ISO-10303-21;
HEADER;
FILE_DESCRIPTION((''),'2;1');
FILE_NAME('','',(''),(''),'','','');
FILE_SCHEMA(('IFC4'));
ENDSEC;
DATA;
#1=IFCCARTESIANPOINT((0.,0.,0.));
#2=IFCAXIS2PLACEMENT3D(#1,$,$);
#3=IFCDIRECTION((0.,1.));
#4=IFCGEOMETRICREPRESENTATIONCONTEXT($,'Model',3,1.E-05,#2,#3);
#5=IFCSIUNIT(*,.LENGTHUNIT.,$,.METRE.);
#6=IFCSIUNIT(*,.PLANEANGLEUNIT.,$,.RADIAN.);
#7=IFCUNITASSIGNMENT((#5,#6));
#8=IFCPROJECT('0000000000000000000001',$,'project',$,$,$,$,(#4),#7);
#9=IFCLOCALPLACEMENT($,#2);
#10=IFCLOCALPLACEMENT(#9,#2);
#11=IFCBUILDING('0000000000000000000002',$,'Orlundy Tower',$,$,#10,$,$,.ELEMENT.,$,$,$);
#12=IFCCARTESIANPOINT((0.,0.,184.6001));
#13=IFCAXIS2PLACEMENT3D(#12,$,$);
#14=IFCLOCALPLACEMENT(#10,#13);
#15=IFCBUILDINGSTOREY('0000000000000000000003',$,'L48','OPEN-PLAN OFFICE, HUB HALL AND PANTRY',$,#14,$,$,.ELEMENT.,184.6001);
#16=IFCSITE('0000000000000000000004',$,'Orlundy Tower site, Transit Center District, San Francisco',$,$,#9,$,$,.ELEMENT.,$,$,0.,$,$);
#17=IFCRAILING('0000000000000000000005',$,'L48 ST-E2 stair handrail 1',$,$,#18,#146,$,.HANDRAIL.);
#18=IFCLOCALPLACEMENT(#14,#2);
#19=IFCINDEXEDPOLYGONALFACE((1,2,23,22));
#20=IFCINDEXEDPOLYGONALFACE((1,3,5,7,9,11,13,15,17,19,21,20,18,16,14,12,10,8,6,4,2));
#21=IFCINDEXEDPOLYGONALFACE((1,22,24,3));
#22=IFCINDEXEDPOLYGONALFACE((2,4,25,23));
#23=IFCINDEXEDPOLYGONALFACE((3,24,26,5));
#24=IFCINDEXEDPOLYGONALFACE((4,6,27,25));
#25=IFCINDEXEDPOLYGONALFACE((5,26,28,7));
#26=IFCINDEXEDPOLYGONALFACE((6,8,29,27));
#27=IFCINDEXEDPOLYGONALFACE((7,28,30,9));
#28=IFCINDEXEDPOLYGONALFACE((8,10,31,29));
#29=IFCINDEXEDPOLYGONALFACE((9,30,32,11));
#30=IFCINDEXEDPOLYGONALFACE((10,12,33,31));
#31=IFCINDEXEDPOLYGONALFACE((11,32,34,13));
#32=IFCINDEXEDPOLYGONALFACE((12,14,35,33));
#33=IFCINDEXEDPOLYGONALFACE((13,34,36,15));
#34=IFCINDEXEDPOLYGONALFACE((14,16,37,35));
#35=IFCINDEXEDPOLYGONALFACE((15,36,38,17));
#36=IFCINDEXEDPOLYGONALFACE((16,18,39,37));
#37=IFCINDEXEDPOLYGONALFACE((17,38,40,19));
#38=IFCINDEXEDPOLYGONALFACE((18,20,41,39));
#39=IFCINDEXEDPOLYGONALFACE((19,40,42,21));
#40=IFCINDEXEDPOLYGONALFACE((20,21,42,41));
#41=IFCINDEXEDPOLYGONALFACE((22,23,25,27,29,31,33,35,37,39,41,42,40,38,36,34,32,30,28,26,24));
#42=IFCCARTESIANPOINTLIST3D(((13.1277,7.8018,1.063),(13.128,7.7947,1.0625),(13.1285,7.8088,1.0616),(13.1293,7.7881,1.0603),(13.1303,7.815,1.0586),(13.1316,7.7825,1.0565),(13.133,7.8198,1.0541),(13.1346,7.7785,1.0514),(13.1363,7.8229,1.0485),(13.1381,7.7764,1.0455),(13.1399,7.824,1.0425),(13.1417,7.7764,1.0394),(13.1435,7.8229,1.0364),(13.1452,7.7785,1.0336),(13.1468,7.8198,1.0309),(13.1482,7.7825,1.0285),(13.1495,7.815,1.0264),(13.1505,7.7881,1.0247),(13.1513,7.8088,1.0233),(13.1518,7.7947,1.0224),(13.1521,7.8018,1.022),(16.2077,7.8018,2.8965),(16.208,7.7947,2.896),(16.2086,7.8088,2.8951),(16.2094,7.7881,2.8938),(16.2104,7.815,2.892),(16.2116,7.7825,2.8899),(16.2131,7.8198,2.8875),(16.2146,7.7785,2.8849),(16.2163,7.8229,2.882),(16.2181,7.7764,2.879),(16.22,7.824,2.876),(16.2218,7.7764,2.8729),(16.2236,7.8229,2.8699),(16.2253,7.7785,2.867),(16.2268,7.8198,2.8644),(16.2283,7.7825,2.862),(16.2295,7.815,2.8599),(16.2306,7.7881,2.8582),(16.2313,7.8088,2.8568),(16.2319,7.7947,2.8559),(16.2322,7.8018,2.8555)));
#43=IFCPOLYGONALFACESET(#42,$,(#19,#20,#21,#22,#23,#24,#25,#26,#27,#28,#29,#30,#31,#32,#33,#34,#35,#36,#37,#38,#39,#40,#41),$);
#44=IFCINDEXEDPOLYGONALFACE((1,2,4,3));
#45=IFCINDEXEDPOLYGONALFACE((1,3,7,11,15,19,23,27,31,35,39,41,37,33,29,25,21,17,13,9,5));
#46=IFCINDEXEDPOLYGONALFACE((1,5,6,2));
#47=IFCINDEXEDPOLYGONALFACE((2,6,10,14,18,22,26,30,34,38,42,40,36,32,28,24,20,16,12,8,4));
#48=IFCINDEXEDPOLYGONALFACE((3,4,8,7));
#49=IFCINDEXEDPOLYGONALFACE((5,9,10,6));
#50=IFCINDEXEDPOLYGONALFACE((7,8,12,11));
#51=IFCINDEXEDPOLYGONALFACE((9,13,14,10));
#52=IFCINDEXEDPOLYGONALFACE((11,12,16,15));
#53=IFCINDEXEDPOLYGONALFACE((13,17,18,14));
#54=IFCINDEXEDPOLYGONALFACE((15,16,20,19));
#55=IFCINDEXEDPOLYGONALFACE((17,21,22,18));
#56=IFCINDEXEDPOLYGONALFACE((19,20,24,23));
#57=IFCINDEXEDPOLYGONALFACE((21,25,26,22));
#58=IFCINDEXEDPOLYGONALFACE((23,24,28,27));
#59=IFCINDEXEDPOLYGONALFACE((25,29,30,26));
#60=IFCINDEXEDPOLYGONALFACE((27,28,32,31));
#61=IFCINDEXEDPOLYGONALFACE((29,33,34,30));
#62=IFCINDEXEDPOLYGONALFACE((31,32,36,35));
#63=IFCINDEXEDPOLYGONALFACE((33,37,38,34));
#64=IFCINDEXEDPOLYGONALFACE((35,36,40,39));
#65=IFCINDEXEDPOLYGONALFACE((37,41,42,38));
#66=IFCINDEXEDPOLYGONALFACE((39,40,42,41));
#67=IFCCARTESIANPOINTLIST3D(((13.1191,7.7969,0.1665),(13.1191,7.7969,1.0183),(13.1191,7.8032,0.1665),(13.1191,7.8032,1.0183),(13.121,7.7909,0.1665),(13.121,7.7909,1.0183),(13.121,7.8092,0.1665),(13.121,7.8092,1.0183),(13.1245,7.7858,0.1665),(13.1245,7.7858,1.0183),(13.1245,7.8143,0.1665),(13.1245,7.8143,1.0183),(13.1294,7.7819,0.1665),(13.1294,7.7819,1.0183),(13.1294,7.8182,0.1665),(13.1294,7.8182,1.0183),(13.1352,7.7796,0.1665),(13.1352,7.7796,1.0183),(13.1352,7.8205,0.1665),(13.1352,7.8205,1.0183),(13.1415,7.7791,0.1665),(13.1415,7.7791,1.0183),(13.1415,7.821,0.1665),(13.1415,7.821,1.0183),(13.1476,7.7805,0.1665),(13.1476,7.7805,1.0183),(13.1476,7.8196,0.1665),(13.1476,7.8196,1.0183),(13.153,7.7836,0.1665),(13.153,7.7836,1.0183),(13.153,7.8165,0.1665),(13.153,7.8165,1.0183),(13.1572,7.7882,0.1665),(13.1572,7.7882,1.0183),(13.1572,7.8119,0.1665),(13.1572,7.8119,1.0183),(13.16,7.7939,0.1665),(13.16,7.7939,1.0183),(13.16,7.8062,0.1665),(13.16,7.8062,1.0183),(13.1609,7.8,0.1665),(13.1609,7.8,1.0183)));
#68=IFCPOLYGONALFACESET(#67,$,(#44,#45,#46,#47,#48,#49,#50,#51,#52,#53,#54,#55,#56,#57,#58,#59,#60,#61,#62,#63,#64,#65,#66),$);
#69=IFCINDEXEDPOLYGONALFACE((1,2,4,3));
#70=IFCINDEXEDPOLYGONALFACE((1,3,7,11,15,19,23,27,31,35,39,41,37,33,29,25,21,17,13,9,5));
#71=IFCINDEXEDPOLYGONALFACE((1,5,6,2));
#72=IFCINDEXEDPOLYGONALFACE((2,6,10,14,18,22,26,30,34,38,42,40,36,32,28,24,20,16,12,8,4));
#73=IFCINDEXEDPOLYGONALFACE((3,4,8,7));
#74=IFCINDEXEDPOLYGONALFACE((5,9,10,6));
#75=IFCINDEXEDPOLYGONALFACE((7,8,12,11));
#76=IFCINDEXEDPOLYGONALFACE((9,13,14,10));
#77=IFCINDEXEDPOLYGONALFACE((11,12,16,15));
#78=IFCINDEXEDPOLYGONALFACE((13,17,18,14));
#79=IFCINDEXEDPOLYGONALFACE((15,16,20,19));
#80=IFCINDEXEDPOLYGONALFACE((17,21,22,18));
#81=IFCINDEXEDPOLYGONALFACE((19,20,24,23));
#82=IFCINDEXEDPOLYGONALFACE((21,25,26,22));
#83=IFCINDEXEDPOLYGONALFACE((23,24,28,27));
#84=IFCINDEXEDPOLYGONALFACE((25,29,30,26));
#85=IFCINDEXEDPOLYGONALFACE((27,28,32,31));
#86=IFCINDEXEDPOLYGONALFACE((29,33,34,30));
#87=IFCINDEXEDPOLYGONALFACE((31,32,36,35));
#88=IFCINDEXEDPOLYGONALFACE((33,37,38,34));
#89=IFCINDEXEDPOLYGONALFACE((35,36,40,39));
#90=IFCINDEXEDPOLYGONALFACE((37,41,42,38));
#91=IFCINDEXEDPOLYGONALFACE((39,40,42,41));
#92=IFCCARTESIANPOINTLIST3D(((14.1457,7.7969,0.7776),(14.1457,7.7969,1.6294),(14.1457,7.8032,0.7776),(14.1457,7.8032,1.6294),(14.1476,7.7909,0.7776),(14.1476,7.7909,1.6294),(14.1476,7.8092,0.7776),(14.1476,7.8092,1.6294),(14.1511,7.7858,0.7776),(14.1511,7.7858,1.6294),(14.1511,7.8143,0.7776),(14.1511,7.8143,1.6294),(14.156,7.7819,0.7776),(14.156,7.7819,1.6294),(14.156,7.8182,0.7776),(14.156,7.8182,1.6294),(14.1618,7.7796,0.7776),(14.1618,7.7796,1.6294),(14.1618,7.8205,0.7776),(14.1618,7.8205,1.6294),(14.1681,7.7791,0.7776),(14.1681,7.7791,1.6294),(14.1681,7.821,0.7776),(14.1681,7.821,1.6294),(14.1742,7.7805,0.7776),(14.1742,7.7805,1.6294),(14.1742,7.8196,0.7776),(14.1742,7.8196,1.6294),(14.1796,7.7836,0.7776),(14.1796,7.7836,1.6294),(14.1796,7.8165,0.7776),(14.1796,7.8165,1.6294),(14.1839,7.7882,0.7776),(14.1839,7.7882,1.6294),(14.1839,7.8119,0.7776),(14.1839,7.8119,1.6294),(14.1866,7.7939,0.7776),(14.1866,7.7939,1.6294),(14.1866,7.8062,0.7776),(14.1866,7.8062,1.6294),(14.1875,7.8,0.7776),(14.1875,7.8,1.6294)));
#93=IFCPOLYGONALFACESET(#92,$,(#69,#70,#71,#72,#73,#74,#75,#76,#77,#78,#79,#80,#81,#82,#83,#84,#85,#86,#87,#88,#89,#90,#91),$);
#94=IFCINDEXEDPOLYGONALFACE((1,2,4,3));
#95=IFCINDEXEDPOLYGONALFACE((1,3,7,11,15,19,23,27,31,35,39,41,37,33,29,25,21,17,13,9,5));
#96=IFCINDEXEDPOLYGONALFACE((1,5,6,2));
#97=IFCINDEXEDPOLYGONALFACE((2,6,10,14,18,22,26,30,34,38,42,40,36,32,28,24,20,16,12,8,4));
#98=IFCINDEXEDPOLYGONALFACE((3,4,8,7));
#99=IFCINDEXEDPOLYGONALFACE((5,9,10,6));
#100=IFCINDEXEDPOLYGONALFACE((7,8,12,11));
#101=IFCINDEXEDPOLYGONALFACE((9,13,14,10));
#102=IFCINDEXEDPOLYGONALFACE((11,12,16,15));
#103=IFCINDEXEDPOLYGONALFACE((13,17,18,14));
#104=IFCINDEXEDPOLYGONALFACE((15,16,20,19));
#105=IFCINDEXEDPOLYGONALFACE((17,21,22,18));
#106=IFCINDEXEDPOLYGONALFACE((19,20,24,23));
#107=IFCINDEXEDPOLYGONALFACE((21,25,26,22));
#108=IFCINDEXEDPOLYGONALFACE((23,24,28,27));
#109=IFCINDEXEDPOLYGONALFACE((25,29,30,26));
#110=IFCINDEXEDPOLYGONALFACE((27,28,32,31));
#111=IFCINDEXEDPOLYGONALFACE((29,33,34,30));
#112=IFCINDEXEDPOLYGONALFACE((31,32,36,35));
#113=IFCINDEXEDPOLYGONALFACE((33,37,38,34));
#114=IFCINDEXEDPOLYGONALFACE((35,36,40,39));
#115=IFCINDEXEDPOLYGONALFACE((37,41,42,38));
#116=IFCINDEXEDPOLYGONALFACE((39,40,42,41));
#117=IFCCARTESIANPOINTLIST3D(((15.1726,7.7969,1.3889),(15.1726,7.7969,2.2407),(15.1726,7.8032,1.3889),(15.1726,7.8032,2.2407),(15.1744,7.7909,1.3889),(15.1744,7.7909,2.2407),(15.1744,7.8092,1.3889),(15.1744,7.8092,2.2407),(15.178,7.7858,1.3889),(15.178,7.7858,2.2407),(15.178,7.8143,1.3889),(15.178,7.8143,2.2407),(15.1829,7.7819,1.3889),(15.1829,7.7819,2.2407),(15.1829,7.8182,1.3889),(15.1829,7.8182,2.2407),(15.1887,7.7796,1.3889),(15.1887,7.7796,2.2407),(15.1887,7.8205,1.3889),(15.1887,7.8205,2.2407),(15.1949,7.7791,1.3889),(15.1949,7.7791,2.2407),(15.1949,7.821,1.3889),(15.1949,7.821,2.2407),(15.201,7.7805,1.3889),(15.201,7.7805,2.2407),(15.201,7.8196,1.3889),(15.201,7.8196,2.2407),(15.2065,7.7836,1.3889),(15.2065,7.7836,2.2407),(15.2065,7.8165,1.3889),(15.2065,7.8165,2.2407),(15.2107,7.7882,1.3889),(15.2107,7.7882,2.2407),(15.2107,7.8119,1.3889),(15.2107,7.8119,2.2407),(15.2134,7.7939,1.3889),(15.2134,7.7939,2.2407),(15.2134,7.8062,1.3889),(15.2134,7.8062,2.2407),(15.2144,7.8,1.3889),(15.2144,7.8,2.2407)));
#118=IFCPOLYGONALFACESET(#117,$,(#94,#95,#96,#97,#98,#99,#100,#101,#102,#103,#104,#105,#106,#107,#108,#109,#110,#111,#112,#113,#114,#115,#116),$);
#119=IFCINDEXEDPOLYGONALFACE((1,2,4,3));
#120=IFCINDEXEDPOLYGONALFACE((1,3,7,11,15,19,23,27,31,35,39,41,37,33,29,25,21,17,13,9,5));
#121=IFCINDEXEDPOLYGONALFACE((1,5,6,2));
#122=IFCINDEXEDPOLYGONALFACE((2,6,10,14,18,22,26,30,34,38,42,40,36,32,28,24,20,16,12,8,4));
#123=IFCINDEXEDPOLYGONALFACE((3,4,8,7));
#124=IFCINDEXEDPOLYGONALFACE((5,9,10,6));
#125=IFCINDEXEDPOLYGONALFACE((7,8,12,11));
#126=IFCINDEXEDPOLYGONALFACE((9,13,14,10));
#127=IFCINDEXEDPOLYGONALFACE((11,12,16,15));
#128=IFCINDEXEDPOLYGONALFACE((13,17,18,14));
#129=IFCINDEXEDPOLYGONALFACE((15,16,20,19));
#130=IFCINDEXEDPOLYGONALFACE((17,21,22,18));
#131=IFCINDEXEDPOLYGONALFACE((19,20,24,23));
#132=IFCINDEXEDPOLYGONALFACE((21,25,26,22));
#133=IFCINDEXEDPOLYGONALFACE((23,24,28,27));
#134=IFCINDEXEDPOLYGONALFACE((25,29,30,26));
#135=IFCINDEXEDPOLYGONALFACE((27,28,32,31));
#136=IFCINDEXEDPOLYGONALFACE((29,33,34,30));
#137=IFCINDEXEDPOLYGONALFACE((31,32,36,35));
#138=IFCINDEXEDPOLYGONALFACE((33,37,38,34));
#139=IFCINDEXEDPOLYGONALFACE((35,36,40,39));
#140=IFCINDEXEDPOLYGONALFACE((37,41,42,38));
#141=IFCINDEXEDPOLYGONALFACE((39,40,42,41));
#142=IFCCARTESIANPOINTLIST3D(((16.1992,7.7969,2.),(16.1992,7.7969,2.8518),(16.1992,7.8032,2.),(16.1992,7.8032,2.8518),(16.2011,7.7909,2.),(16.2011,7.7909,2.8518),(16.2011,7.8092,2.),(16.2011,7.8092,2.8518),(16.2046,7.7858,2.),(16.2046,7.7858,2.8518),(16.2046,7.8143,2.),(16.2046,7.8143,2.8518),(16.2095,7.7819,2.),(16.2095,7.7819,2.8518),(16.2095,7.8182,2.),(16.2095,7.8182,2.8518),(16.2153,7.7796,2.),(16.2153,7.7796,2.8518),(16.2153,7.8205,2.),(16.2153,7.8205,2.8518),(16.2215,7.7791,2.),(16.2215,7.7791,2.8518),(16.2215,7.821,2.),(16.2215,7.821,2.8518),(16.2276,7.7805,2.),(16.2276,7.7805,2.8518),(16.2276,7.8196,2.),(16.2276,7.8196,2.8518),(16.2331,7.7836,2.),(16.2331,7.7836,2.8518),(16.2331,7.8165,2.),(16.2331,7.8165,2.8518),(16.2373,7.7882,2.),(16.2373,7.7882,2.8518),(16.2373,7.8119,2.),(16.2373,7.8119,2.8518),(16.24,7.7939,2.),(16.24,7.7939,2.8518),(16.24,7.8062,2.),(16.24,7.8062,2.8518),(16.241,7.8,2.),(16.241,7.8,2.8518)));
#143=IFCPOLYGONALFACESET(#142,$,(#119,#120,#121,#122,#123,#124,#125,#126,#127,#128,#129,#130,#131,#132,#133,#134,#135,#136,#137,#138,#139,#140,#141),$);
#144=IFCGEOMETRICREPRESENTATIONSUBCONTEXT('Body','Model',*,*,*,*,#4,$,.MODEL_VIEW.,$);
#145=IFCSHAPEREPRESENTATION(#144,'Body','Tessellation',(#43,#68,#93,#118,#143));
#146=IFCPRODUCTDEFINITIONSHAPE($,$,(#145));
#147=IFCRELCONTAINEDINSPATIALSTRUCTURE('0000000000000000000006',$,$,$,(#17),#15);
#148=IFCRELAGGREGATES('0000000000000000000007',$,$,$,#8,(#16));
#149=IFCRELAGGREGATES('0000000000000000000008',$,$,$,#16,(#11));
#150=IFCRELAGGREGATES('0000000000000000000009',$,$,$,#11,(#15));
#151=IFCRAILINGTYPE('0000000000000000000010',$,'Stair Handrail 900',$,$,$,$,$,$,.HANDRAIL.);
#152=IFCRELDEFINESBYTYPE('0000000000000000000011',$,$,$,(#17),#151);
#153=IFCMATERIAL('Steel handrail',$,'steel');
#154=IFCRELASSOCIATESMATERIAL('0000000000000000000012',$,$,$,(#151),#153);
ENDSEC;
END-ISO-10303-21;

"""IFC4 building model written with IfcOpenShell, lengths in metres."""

from ifc_helpers import new_model, si_unit, direction, frame, origin, origin_2d, place, context, subcontext, project, spatial, circle, extrude, material, type_object, element, save


model = new_model("IFC4")

# Units and contexts
model_context = context("Model", 3, precision=1e-05, world=origin(), true_north=direction((0.0, 1.0)))
body_context = subcontext(model_context, "Body", "Model", "MODEL_VIEW")
ifc_project = project(units=[si_unit("LENGTHUNIT", "METRE"), si_unit("PLANEANGLEUNIT", "RADIAN")], contexts=[model_context])

# Site, building, storey
site_placement = place(None, origin())
site = spatial("IfcSite", under=ifc_project, at=site_placement, Name="Orlundy Tower site, Transit Center District, San Francisco", CompositionType="ELEMENT", RefElevation=0.0)
building_placement = place(site_placement, origin())
building = spatial("IfcBuilding", under=site, at=building_placement, Name="Orlundy Tower", CompositionType="ELEMENT")
storey_placement = place(building_placement, frame((0.0, 0.0, 184.6001)))
storey = spatial("IfcBuildingStorey", under=building, at=storey_placement, Name="L48", Description="OPEN-PLAN OFFICE, HUB HALL AND PANTRY", CompositionType="ELEMENT", Elevation=184.6001)

# Railing
ifc_material_1 = material(Name="Steel handrail", Category="steel")
railing_type_1 = type_object("IfcRailingType", Name="Stair Handrail 900", PredefinedType="HANDRAIL", material=ifc_material_1)
railing_1_placement = place(storey_placement, frame((13.1399, 7.8, 0.1665)))
element("IfcRailing", 1, at=railing_1_placement, inside=storey, type_object=railing_type_1, Name="L48 ST-E2 stair handrail 1", PredefinedType="HANDRAIL", context=body_context, shape_type="SweptSolid", body=[
    extrude(circle(Radius=0.0239, at=origin_2d()), frame((0.0, 0.0, 0.876), z_axis=(0.859279, 0.0, 0.511508), x_axis=(0.0, 1.0, 0.0)), (0.0, 0.0, 1.0), 3.5845),
    extrude(circle(Radius=0.021, at=origin_2d()), origin(), (0.0, 0.0, 1.0), 0.8518),
    extrude(circle(Radius=0.021, at=origin_2d()), frame((1.0266, 0.0, 0.6111)), (0.0, 0.0, 1.0), 0.8518),
    extrude(circle(Radius=0.021, at=origin_2d()), frame((2.0535, 0.0, 1.2224)), (0.0, 0.0, 1.0), 0.8518),
    extrude(circle(Radius=0.021, at=origin_2d()), frame((3.0801, 0.0, 1.8335)), (0.0, 0.0, 1.0), 0.8518),
])

save(model, "model.ifc")
